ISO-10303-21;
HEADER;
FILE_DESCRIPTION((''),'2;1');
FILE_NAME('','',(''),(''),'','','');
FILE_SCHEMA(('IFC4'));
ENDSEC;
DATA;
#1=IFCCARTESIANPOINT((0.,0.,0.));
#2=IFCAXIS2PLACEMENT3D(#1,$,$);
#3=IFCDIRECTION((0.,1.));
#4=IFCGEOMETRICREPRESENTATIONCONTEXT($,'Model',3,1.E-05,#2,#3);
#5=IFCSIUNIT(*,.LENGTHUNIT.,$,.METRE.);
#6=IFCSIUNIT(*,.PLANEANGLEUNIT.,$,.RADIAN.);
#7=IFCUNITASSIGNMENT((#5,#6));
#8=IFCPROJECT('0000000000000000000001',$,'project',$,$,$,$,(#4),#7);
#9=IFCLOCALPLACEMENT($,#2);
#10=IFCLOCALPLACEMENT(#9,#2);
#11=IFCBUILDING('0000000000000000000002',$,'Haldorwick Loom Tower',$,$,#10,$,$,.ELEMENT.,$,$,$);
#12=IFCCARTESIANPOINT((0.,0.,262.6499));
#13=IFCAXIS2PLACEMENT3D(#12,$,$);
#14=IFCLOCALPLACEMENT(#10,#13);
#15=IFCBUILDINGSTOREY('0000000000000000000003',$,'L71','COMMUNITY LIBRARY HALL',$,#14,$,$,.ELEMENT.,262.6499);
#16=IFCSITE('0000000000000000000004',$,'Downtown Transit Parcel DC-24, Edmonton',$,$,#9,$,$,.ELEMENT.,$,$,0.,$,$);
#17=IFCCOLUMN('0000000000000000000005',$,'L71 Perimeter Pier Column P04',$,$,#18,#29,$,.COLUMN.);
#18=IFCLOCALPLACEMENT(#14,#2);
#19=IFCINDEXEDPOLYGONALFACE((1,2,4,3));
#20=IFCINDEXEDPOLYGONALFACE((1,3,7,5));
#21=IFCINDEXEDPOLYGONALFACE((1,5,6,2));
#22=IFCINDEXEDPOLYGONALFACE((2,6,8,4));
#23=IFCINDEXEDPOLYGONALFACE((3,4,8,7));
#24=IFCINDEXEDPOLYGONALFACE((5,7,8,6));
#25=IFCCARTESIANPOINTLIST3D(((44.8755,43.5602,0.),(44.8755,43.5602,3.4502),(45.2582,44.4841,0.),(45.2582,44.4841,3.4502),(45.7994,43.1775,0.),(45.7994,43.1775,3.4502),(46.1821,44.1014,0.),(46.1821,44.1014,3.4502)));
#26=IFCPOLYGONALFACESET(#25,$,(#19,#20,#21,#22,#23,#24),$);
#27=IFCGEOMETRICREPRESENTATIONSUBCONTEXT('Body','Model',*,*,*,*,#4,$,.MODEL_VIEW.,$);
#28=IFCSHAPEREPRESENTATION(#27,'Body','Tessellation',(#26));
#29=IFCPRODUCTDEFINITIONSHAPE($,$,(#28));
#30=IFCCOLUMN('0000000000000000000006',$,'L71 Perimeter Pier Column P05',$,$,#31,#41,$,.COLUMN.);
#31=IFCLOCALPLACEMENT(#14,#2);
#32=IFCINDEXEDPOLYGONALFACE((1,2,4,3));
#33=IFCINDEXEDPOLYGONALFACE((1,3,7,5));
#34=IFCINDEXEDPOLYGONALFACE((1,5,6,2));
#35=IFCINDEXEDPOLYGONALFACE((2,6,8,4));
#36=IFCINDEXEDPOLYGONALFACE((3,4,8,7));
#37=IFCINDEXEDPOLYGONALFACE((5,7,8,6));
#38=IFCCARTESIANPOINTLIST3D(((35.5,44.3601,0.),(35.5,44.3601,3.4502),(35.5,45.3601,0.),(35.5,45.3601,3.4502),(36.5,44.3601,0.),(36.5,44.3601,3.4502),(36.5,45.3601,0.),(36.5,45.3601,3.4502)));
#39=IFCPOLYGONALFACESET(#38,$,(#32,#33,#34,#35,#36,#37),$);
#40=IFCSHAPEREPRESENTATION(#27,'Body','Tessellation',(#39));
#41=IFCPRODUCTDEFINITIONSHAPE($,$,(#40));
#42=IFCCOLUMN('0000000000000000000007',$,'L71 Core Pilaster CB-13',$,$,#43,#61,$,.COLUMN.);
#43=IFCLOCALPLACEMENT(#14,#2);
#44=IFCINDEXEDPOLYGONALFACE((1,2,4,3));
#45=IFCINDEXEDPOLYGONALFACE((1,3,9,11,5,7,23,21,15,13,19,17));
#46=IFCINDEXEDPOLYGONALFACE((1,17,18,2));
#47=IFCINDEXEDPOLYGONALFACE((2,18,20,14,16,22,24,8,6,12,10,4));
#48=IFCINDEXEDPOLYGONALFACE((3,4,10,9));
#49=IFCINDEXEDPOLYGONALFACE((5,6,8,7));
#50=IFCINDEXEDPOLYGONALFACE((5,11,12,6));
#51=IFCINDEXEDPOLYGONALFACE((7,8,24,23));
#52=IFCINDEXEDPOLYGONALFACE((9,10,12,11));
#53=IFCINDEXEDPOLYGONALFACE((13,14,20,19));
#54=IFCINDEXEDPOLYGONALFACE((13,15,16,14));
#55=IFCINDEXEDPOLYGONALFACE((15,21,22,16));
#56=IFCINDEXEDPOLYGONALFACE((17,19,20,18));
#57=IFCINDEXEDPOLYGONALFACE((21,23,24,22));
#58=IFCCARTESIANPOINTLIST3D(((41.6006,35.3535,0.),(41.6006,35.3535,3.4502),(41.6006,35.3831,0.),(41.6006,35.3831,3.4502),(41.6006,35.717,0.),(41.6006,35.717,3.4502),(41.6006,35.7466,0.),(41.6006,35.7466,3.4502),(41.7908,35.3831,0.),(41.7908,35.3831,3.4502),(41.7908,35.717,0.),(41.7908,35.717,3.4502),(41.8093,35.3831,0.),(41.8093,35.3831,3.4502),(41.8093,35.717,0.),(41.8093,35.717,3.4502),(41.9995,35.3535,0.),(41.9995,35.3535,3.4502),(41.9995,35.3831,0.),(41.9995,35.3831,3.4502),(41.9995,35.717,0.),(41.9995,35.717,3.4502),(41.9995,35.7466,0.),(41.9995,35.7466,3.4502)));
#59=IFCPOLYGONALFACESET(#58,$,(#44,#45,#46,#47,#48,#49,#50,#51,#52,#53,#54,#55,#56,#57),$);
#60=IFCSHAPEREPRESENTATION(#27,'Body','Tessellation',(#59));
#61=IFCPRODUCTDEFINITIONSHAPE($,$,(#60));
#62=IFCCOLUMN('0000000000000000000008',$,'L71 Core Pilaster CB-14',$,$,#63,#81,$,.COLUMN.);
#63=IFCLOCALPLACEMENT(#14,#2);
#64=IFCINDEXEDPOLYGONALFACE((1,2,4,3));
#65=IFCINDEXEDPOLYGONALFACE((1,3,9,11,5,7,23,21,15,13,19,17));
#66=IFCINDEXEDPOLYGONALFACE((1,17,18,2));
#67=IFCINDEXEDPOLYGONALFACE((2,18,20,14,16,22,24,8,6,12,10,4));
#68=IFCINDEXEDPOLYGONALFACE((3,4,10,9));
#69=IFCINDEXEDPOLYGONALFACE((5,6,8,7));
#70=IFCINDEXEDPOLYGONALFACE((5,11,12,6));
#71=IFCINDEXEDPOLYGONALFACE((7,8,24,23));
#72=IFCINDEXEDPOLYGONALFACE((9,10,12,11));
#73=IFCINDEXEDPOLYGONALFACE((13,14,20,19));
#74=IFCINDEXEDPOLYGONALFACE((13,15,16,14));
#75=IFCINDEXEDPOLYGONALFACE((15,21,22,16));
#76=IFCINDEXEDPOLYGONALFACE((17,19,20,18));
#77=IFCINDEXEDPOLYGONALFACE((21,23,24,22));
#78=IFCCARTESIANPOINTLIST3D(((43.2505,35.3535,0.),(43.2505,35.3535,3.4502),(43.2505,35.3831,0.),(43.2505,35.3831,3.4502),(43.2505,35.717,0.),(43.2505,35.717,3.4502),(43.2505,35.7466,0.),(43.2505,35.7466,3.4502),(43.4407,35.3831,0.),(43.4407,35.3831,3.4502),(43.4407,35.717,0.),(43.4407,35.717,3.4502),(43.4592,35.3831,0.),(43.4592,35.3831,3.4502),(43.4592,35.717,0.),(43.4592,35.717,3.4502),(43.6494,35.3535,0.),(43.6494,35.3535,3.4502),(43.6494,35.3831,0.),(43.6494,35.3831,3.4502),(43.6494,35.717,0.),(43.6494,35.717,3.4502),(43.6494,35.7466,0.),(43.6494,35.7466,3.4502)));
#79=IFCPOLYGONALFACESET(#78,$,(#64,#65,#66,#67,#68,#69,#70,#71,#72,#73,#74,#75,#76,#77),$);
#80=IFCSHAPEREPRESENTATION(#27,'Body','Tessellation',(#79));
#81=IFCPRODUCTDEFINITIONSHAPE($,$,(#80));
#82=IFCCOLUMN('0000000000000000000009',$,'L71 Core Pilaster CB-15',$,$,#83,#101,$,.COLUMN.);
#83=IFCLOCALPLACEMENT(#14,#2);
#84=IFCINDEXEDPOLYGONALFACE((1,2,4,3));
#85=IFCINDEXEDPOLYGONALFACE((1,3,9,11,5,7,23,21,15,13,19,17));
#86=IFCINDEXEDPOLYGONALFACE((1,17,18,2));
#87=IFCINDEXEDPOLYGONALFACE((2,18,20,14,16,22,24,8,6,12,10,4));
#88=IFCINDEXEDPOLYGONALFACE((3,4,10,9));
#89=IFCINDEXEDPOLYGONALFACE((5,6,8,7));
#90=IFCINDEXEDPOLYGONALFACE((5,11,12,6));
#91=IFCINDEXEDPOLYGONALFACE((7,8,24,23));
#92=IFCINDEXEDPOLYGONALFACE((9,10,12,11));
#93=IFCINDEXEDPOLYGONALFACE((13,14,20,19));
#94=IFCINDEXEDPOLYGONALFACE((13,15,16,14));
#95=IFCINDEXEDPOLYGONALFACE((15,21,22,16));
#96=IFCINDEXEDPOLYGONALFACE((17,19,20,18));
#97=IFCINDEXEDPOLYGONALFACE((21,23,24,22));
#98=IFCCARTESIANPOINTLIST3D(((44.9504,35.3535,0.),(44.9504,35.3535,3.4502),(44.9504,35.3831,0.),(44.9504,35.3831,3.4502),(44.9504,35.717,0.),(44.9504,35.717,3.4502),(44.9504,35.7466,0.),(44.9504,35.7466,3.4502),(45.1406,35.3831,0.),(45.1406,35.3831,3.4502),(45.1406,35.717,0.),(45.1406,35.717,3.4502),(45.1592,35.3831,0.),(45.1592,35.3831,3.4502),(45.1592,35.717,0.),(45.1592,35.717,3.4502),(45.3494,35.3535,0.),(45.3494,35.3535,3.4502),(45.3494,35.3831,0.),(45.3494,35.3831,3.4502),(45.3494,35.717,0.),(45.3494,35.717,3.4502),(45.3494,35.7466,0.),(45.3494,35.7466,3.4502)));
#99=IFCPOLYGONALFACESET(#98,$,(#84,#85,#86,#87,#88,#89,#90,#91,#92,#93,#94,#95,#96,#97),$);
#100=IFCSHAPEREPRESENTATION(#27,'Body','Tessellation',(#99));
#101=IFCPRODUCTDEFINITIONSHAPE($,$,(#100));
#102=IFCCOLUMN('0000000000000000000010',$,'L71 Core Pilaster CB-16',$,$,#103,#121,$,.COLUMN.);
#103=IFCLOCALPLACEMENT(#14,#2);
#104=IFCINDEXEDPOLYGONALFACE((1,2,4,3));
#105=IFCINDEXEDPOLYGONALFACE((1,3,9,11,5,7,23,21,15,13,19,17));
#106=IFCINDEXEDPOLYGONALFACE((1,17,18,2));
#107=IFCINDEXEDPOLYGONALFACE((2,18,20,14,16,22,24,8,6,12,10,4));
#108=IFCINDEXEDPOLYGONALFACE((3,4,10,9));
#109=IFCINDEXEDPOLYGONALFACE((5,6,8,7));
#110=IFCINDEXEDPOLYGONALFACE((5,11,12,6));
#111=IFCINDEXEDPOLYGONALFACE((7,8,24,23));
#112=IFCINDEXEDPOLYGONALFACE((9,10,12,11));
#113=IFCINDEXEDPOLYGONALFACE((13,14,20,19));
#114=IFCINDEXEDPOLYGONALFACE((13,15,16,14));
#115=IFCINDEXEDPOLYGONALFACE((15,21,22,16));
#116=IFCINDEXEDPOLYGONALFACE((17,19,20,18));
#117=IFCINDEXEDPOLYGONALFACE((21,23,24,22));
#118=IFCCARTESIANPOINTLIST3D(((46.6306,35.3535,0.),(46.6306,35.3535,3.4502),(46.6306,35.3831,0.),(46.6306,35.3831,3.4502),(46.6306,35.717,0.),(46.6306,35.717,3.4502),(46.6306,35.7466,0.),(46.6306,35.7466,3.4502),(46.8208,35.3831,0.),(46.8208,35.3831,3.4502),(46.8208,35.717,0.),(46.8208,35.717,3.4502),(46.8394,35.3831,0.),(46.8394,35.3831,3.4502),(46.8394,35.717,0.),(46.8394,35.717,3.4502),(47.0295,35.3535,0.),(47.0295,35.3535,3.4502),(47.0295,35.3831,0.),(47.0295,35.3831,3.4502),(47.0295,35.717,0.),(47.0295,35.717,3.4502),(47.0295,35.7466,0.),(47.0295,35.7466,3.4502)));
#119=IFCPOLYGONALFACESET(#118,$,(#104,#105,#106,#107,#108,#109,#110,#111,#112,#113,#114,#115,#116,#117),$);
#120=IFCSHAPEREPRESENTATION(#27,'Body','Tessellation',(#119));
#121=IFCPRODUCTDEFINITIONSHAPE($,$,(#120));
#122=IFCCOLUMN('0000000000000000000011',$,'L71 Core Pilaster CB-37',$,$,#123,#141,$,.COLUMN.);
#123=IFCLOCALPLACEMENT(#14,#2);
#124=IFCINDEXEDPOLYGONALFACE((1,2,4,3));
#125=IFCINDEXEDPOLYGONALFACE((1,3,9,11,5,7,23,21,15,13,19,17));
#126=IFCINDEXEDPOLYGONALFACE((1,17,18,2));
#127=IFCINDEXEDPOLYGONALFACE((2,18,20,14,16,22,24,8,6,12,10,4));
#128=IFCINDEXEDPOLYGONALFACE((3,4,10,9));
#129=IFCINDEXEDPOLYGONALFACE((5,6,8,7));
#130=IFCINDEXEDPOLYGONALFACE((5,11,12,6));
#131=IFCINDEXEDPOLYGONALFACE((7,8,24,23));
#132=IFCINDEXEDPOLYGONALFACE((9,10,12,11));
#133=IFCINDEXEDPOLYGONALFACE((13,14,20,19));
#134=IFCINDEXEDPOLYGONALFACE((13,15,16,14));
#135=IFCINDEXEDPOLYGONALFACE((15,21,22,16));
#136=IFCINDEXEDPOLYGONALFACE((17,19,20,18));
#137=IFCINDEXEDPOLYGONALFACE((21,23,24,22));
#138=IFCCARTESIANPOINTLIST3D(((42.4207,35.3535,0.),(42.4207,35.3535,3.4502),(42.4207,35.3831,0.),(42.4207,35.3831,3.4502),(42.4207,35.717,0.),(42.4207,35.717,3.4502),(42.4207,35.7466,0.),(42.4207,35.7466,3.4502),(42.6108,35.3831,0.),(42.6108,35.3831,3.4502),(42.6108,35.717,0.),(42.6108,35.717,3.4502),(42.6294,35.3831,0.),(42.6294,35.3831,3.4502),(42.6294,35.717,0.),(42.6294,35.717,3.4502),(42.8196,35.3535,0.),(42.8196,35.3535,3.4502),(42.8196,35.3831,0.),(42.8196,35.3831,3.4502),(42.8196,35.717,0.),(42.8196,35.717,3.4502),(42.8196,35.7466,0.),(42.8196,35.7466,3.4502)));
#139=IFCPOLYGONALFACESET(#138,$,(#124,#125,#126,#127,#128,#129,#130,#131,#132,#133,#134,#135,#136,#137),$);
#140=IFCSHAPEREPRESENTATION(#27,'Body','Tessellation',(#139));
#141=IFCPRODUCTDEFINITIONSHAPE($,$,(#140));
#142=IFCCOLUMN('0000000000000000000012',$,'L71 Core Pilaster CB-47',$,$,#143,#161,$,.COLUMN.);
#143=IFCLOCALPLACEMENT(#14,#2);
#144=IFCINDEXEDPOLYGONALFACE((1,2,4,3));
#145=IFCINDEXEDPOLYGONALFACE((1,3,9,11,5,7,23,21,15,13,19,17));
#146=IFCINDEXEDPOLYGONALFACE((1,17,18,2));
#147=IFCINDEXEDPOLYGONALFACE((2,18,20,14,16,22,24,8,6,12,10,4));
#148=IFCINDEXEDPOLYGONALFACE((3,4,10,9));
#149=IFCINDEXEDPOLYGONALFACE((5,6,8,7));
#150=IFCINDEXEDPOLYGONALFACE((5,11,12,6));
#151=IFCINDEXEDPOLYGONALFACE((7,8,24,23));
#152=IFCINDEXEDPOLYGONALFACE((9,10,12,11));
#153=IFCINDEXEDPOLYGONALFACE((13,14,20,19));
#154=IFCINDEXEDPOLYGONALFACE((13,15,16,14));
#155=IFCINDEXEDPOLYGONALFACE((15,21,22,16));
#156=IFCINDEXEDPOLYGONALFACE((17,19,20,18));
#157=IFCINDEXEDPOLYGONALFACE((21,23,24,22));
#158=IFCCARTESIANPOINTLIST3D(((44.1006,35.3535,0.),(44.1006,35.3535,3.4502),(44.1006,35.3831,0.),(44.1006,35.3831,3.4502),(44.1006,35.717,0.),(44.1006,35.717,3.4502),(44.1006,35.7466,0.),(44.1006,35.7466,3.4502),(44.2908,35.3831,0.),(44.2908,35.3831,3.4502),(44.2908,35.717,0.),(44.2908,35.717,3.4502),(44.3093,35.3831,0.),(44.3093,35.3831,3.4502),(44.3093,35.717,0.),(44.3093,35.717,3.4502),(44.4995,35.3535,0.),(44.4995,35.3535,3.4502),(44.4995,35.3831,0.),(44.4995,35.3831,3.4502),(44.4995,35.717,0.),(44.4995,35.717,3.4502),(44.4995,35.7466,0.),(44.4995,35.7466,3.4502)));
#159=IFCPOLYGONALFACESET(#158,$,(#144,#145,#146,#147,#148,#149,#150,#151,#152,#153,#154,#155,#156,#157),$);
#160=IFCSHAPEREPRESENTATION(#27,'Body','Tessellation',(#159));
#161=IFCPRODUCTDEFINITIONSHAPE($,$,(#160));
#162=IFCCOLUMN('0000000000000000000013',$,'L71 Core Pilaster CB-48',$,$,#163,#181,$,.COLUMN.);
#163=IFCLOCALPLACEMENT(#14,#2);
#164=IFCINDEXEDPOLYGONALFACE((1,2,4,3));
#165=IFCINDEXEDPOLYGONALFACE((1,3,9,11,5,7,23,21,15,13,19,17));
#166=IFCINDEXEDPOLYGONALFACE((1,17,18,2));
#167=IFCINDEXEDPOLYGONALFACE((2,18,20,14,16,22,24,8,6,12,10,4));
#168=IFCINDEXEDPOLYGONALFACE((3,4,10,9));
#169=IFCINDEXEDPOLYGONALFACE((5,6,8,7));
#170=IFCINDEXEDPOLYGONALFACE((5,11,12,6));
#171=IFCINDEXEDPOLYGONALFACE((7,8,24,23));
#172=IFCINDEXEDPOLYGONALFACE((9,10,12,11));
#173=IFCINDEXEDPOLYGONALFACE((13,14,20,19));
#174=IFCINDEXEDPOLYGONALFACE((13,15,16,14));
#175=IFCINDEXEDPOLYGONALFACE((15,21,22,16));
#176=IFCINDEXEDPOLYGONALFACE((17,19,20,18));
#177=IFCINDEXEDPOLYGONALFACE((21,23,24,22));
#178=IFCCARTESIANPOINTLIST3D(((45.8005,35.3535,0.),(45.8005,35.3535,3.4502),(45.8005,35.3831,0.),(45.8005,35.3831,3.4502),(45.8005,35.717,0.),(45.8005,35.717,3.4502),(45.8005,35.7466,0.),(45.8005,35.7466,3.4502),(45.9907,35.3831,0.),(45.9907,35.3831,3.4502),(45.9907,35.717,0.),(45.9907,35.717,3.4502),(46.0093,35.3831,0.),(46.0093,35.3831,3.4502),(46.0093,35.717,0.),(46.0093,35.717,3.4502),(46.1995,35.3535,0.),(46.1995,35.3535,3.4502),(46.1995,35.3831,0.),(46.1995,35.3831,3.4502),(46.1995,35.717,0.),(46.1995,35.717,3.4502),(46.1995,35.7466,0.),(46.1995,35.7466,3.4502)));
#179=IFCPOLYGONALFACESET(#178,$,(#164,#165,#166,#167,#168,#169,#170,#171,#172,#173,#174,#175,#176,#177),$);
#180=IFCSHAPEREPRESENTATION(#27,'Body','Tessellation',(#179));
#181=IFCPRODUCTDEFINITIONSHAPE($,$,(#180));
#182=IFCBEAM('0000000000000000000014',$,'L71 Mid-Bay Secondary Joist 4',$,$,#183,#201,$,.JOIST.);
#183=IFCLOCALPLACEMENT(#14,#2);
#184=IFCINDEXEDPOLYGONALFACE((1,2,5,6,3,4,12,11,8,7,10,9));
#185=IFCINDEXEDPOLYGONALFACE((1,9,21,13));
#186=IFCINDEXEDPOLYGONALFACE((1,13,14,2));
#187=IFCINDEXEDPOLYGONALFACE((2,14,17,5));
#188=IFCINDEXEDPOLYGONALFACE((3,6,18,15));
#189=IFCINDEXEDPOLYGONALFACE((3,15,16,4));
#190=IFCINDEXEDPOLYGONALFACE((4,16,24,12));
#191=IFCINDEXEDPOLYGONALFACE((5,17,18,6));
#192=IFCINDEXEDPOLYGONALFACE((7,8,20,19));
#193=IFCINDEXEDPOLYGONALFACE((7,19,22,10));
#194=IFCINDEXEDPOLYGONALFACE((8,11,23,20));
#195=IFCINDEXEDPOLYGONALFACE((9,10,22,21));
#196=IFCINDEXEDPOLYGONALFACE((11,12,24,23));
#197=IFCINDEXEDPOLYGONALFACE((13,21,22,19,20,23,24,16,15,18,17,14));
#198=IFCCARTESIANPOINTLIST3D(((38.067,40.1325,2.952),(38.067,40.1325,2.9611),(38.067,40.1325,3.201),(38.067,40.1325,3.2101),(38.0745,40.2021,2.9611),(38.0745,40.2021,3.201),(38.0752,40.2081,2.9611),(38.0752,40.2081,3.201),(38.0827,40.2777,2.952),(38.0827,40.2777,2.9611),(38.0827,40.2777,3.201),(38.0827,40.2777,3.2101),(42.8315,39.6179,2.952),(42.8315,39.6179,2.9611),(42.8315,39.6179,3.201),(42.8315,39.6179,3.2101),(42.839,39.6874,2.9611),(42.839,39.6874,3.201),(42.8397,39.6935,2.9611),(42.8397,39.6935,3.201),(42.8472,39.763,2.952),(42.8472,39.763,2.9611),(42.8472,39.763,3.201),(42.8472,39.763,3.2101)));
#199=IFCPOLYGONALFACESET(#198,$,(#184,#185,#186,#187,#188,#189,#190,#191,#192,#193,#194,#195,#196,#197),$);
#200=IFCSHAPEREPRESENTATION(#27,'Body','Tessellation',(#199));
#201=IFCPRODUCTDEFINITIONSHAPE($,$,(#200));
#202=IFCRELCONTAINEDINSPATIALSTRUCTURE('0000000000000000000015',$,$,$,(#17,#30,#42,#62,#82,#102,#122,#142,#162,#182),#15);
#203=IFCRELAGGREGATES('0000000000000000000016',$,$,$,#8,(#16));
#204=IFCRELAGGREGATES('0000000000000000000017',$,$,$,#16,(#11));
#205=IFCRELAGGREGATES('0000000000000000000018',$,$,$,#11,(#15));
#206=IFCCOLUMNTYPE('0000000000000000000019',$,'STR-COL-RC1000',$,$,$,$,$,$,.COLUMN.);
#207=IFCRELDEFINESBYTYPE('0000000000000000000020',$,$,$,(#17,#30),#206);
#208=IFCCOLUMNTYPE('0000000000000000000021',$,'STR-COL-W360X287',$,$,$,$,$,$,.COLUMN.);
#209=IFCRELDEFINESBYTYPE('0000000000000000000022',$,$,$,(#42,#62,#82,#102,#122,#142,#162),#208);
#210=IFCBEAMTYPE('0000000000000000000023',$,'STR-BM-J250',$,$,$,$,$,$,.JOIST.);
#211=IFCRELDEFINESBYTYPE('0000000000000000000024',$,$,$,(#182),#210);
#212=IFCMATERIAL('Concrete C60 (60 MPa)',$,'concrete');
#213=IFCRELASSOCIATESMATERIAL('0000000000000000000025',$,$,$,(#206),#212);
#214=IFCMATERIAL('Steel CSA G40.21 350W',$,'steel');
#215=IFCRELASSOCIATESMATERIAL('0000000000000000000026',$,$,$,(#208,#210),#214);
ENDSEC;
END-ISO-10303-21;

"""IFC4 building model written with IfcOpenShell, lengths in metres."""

from ifc_helpers import new_model, si_unit, direction, frame, origin, origin_2d, place, context, subcontext, project, spatial, rectangle, i_section, extrude, material, material_profile, profile_set, type_object, element, save


model = new_model("IFC4")

# Units and contexts
model_context = context("Model", 3, precision=1e-05, world=origin(), true_north=direction((0.0, 1.0)))
body_context = subcontext(model_context, "Body", "Model", "MODEL_VIEW")
ifc_project = project(units=[si_unit("LENGTHUNIT", "METRE"), si_unit("PLANEANGLEUNIT", "RADIAN")], contexts=[model_context])

# Site, building, storey
site_placement = place(None, origin())
site = spatial("IfcSite", under=ifc_project, at=site_placement, Name="Downtown Transit Parcel DC-24, Edmonton", CompositionType="ELEMENT", RefElevation=0.0)
building_placement = place(site_placement, origin())
building = spatial("IfcBuilding", under=site, at=building_placement, Name="Haldorwick Loom Tower", CompositionType="ELEMENT")
storey_placement = place(building_placement, frame((0.0, 0.0, 262.6499)))
storey = spatial("IfcBuildingStorey", under=building, at=storey_placement, Name="L71", Description="COMMUNITY LIBRARY HALL", CompositionType="ELEMENT", Elevation=262.6499)

# Columns
ifc_material_1 = material(Name="Concrete C60 (60 MPa)", Category="concrete")
ifc_material_profile_1 = material_profile(ifc_material_1, rectangle(XDim=1.0, YDim=1.0, at=origin_2d()), Name="RC1000X1000", Category="concrete")
ifc_profile_set_1 = profile_set([ifc_material_profile_1], Name="Concrete C60 (60 MPa)")
column_type_1 = type_object("IfcColumnType", Name="STR-COL-RC1000", PredefinedType="COLUMN", material=ifc_profile_set_1)
for number, where, z_axis, x_axis, name in (
    (1, (45.5288, 43.8308, 0.0), (0.0, 0.0, 1.0), (0.382683, 0.92388, 0.0), "L71 Perimeter Pier Column P04"),
    (2, (36.0, 44.8601, 0.0), (0.0, 0.0, 1.0), (0.0, 1.0, 0.0), "L71 Perimeter Pier Column P05"),
):
    element("IfcColumn", number, at=place(storey_placement, frame(where, z_axis=z_axis, x_axis=x_axis)), inside=storey, type_object=column_type_1, Name=name, PredefinedType="COLUMN", context=body_context, shape_type="SweptSolid", body=[
        extrude(rectangle(XDim=1.0, YDim=1.0, at=origin_2d()), origin(), (0.0, 0.0, 1.0), 3.4502),
    ])
ifc_material_2 = material(Name="Steel CSA G40.21 350W", Category="steel")
ifc_material_profile_2 = material_profile(ifc_material_2, i_section(OverallWidth=0.3989, OverallDepth=0.3931, WebThickness=0.0186, FlangeThickness=0.0295, at=origin_2d()), Name="W360X287", Category="steel")
ifc_profile_set_2 = profile_set([ifc_material_profile_2], Name="Steel CSA G40.21 350W")
column_type_2 = type_object("IfcColumnType", Name="STR-COL-W360X287", PredefinedType="COLUMN", material=ifc_profile_set_2)
for number, where, z_axis, x_axis, name in (
    (3, (41.8, 35.55, 0.0), (0.0, 0.0, 1.0), (1.0, 0.0, 0.0), "L71 Core Pilaster CB-13"),
    (4, (43.45, 35.55, 0.0), (0.0, 0.0, 1.0), (1.0, 0.0, 0.0), "L71 Core Pilaster CB-14"),
    (5, (45.1499, 35.55, 0.0), (0.0, 0.0, 1.0), (1.0, 0.0, 0.0), "L71 Core Pilaster CB-15"),
    (6, (46.8301, 35.55, 0.0), (0.0, 0.0, 1.0), (1.0, 0.0, 0.0), "L71 Core Pilaster CB-16"),
    (7, (42.6201, 35.55, 0.0), (0.0, 0.0, 1.0), (1.0, 0.0, 0.0), "L71 Core Pilaster CB-37"),
    (8, (44.3, 35.55, 0.0), (0.0, 0.0, 1.0), (1.0, 0.0, 0.0), "L71 Core Pilaster CB-47"),
    (9, (46.0, 35.55, 0.0), (0.0, 0.0, 1.0), (1.0, 0.0, 0.0), "L71 Core Pilaster CB-48"),
):
    element("IfcColumn", number, at=place(storey_placement, frame(where, z_axis=z_axis, x_axis=x_axis)), inside=storey, type_object=column_type_2, Name=name, PredefinedType="COLUMN", context=body_context, shape_type="SweptSolid", body=[
        extrude(i_section(OverallWidth=0.3989, OverallDepth=0.3931, WebThickness=0.0186, FlangeThickness=0.0295, at=origin_2d()), origin(), (0.0, 0.0, 1.0), 3.4502),
    ])

# Beam
ifc_material_profile_3 = material_profile(ifc_material_2, i_section(OverallWidth=0.146, OverallDepth=0.2581, WebThickness=0.0061, FlangeThickness=0.009, at=origin_2d()), Name="W250X33", Category="steel")
ifc_profile_set_3 = profile_set([ifc_material_profile_3], Name="Steel CSA G40.21 350W")
beam_type_1 = type_object("IfcBeamType", Name="STR-BM-J250", PredefinedType="JOIST", material=ifc_profile_set_3)
beam_1_placement = place(storey_placement, frame((42.8394, 39.6904, 3.0811), z_axis=(-0.994216, 0.107395, 0.0), x_axis=(-0.107395, -0.994216, 0.0)))
element("IfcBeam", 10, at=beam_1_placement, inside=storey, type_object=beam_type_1, Name="L71 Mid-Bay Secondary Joist 4", PredefinedType="JOIST", context=body_context, shape_type="SweptSolid", body=[
    extrude(i_section(OverallWidth=0.146, OverallDepth=0.2581, WebThickness=0.0061, FlangeThickness=0.009, at=origin_2d()), origin(), (0.0, 0.0, 1.0), 4.7922),
])

save(model, "model.ifc")
